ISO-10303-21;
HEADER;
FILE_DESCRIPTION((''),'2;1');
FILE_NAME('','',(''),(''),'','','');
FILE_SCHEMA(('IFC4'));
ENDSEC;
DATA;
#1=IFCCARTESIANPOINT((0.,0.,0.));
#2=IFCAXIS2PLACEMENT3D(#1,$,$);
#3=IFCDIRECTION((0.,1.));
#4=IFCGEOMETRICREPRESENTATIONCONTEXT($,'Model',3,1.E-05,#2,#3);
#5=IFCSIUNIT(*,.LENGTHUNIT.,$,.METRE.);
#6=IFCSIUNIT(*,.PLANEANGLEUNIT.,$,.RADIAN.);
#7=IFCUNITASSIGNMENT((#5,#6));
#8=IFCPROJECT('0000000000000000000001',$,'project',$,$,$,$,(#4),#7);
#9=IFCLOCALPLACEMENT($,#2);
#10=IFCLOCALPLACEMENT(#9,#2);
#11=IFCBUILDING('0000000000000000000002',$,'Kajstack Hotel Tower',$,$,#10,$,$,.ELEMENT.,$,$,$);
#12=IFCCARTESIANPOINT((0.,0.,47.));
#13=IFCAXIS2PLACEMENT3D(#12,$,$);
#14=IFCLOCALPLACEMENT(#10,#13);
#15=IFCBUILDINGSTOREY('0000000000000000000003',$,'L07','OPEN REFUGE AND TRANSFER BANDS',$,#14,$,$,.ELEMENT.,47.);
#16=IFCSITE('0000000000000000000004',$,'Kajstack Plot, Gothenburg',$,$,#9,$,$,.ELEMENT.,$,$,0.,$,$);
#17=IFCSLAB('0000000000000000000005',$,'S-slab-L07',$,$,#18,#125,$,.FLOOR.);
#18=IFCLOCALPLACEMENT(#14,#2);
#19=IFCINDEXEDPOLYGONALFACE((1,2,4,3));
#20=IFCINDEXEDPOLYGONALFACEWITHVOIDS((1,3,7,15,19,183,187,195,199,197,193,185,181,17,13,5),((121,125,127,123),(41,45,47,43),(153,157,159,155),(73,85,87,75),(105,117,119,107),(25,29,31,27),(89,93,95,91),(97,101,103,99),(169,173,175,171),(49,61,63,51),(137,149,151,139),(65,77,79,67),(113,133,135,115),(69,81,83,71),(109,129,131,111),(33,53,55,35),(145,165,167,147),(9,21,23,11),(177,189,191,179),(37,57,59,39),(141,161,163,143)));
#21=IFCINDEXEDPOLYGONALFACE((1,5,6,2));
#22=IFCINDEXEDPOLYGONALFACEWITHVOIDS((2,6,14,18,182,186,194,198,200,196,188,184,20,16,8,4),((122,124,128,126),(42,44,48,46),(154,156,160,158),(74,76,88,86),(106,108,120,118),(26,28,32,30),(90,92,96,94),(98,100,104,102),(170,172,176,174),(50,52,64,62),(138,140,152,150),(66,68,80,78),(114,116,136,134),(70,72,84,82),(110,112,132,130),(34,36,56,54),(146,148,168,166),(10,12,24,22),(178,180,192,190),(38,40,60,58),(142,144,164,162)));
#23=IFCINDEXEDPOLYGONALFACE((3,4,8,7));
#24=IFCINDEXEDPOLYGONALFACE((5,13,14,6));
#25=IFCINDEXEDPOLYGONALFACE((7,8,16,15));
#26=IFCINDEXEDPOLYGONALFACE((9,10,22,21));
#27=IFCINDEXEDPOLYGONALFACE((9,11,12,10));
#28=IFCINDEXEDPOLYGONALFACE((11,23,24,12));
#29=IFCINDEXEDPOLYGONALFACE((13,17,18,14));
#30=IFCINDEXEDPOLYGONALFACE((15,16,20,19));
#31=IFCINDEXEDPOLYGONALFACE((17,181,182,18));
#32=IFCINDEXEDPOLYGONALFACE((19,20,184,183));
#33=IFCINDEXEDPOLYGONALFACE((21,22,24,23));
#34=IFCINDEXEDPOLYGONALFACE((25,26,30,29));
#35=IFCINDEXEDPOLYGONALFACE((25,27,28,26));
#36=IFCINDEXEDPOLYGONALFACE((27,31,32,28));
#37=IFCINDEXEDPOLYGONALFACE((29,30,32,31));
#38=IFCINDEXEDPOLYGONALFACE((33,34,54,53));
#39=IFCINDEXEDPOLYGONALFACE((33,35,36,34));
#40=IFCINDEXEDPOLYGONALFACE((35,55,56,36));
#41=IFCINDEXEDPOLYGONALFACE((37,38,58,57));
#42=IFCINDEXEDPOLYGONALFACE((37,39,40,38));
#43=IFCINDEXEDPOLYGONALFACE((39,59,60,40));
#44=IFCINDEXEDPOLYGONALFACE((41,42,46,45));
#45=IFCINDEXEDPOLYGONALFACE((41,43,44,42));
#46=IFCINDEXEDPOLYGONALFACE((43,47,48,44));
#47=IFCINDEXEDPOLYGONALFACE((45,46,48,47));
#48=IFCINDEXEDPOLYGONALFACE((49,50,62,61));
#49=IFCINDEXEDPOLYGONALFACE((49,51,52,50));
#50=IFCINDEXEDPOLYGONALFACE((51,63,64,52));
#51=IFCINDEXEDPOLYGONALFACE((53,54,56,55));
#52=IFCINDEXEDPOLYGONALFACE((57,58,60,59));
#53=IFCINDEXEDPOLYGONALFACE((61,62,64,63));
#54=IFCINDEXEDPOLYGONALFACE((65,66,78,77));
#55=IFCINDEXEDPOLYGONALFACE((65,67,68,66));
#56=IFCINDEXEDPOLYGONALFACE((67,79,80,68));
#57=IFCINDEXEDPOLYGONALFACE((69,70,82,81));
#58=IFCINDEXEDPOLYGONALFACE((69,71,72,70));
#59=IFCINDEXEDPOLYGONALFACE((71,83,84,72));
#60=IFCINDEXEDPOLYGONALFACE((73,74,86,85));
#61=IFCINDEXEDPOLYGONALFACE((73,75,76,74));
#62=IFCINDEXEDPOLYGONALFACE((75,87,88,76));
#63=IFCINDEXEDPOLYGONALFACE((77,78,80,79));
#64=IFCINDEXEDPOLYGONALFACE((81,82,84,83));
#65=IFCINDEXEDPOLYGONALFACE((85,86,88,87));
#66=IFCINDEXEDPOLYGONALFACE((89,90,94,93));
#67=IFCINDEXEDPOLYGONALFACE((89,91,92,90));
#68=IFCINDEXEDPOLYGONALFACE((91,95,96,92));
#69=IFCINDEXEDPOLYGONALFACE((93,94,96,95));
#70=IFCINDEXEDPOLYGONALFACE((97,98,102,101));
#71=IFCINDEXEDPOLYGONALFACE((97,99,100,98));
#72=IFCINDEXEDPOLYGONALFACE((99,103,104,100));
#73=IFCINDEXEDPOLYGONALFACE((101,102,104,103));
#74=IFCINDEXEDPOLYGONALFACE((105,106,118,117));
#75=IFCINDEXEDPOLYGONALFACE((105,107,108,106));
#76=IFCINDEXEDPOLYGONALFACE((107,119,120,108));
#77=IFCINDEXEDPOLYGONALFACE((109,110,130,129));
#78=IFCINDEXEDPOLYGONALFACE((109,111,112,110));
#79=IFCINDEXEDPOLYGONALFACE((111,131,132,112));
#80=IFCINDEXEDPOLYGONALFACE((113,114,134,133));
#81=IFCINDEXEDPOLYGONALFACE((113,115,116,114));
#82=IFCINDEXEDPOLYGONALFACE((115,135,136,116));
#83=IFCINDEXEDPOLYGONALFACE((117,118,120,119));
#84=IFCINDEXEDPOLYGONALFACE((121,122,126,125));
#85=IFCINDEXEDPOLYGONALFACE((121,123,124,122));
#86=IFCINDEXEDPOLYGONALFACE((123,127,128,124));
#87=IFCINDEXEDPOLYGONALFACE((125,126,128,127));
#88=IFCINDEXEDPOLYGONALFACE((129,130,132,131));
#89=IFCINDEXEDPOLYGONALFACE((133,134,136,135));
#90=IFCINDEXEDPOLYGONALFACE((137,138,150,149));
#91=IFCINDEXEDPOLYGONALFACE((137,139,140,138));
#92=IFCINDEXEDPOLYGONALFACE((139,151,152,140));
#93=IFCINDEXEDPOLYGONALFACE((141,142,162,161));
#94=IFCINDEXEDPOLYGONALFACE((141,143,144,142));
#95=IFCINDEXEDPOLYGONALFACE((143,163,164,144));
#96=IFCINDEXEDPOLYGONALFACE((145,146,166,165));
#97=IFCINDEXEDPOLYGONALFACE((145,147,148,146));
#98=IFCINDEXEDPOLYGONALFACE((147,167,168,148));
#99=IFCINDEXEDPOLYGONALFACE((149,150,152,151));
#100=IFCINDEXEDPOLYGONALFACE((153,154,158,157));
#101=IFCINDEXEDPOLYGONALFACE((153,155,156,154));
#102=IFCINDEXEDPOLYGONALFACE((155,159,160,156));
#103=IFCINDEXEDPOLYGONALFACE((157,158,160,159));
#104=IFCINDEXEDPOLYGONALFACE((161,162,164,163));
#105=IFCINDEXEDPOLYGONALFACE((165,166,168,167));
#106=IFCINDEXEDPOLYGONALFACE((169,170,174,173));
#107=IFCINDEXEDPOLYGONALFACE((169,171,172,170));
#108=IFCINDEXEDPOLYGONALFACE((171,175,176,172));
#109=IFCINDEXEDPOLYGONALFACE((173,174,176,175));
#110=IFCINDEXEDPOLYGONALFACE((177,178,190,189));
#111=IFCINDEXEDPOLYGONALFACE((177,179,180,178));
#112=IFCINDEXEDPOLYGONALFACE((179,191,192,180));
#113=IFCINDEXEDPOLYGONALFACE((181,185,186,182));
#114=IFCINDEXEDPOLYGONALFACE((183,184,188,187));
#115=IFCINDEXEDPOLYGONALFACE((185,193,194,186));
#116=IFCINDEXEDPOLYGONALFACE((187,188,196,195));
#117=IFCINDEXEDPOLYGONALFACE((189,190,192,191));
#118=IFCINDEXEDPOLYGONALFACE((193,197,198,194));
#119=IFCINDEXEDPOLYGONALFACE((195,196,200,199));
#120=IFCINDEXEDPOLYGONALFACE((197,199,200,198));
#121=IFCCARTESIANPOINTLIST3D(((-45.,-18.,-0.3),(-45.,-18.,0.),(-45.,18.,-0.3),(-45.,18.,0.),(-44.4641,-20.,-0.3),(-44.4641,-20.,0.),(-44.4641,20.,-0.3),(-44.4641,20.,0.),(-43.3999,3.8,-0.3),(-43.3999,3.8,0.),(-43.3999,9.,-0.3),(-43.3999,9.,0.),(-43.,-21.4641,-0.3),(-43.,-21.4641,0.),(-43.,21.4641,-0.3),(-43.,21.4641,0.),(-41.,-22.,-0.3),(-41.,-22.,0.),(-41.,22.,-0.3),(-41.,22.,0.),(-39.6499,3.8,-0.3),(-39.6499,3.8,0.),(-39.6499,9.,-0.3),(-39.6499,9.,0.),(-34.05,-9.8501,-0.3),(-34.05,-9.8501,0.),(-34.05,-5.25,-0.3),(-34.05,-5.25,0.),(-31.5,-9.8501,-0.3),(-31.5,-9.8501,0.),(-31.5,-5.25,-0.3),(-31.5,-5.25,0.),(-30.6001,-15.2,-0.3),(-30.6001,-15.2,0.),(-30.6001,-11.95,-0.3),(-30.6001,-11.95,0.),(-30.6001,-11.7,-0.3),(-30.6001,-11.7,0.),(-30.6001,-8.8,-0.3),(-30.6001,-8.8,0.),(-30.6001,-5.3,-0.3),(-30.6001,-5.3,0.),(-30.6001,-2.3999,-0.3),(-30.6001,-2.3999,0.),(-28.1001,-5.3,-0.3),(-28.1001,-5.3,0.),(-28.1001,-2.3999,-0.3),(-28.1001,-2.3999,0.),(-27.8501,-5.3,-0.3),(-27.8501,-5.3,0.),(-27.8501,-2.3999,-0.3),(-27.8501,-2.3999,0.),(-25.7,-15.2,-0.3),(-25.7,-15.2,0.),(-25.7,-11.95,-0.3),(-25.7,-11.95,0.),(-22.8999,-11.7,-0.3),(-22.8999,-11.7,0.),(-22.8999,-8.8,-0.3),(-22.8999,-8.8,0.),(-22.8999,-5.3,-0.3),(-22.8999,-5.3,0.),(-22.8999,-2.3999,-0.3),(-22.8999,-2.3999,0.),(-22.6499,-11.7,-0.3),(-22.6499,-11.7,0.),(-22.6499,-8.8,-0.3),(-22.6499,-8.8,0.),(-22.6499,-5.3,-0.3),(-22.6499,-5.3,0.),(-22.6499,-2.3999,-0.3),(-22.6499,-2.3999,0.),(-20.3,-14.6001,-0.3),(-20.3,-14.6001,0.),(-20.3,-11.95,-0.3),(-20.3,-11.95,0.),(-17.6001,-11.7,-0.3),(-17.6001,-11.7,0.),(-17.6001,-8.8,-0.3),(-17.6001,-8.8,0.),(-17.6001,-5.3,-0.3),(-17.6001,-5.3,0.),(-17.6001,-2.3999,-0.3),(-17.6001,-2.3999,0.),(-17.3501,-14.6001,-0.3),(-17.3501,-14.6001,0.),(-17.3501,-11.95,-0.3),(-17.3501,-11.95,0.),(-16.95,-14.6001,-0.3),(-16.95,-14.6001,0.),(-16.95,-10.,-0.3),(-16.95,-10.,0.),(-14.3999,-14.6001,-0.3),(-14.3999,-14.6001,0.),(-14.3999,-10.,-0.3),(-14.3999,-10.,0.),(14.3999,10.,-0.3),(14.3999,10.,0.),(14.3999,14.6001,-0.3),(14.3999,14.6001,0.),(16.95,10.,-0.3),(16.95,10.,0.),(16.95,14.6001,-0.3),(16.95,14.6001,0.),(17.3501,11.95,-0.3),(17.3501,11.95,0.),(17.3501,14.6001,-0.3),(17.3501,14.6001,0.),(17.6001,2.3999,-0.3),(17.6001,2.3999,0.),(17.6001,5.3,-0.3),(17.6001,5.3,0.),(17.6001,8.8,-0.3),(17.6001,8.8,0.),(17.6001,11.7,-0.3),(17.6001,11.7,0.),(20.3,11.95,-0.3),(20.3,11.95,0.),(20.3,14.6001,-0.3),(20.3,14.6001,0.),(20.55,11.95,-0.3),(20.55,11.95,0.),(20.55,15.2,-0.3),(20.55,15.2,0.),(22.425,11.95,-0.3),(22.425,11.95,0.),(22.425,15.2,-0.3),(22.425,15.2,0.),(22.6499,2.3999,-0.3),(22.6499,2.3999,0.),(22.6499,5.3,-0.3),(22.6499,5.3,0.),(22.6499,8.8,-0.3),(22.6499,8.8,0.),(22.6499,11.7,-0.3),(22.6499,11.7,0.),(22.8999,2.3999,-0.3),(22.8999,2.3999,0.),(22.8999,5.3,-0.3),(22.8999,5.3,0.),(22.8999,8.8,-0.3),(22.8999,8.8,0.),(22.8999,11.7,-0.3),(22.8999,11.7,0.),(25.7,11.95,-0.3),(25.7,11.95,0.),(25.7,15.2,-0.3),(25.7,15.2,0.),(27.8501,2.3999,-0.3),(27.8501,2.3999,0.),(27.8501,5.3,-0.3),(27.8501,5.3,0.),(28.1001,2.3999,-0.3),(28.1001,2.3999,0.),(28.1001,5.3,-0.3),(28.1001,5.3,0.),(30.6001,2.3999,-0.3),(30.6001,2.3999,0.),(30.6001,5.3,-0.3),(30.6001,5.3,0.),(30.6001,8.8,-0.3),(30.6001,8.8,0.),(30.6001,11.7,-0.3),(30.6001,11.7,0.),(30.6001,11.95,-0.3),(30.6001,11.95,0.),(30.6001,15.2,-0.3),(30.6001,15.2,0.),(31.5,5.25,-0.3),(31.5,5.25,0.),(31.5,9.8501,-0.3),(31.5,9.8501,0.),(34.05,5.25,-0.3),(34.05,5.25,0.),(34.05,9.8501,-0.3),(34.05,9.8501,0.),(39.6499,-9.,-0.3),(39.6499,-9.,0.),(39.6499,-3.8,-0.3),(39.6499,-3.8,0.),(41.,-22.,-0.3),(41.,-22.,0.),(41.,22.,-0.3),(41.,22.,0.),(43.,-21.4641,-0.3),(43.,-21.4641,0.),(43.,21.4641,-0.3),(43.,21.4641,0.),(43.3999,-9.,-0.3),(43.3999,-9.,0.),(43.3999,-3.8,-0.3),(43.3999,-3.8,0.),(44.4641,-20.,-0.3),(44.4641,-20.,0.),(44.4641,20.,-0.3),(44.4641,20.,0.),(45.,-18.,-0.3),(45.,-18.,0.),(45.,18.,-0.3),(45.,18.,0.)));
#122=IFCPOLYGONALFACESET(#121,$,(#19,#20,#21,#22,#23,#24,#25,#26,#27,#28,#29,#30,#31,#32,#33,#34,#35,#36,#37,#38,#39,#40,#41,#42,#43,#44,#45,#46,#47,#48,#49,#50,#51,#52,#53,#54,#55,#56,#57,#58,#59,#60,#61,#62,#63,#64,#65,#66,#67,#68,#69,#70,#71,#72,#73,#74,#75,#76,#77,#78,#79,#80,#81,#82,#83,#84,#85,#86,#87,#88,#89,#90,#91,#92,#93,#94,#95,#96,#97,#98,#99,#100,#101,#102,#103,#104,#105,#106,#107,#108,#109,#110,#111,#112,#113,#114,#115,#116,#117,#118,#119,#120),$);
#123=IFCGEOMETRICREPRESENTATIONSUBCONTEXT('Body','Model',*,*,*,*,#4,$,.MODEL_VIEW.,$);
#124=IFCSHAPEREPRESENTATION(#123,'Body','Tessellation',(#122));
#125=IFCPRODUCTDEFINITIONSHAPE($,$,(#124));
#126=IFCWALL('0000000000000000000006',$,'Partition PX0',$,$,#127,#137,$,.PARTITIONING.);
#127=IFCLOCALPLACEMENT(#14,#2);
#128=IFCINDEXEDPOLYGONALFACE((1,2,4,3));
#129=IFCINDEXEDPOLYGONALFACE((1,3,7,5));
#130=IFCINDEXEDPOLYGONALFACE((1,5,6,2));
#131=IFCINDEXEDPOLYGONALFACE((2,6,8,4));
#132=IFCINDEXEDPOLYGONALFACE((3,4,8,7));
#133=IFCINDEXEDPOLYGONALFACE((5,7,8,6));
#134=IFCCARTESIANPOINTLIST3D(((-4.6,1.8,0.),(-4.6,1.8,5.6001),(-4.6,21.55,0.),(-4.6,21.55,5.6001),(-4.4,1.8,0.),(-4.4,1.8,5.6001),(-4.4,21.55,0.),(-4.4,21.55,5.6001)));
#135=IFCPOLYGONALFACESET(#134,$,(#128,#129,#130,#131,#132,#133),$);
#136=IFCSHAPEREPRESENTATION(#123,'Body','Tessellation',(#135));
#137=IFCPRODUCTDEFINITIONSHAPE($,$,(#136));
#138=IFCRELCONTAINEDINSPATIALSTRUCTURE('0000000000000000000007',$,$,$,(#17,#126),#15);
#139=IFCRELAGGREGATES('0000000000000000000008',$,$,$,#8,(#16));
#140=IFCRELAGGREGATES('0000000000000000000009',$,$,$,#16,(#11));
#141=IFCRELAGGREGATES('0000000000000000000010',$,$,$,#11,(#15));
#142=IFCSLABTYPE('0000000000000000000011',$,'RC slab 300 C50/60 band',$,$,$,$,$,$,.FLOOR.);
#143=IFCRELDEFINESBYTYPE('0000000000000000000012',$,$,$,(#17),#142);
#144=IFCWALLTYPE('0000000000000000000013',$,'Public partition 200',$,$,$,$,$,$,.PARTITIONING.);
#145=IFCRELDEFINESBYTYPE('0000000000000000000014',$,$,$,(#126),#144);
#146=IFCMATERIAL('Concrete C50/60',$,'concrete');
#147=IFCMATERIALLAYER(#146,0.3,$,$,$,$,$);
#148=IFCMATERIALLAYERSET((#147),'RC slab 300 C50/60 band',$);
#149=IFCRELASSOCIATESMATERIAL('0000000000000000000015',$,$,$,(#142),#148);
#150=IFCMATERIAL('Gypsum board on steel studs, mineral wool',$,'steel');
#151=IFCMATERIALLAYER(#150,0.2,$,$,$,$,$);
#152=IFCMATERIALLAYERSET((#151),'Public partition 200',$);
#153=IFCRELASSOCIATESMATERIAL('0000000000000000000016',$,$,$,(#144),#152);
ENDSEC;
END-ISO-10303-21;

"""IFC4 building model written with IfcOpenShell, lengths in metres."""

from ifc_helpers import new_model, si_unit, direction, frame, frame_2d, origin, place, context, subcontext, project, spatial, polyline, rectangle, outline, extrude, material, layer, layer_set, type_object, element, save


model = new_model("IFC4")

# Units and contexts
model_context = context("Model", 3, precision=1e-05, world=origin(), true_north=direction((0.0, 1.0)))
body_context = subcontext(model_context, "Body", "Model", "MODEL_VIEW")
ifc_project = project(units=[si_unit("LENGTHUNIT", "METRE"), si_unit("PLANEANGLEUNIT", "RADIAN")], contexts=[model_context])

# Site, building, storey
site_placement = place(None, origin())
site = spatial("IfcSite", under=ifc_project, at=site_placement, Name="Kajstack Plot, Gothenburg", CompositionType="ELEMENT", RefElevation=0.0)
building_placement = place(site_placement, origin())
building = spatial("IfcBuilding", under=site, at=building_placement, Name="Kajstack Hotel Tower", CompositionType="ELEMENT")
storey_placement = place(building_placement, frame((0.0, 0.0, 47.0)))
storey = spatial("IfcBuildingStorey", under=building, at=storey_placement, Name="L07", Description="OPEN REFUGE AND TRANSFER BANDS", CompositionType="ELEMENT", Elevation=47.0)

# Slab
ifc_material_1 = material(Name="Concrete C50/60", Category="concrete")
ifc_layer_1 = layer(ifc_material_1, 0.3)
ifc_layer_set_1 = layer_set([ifc_layer_1], Name="RC slab 300 C50/60 band")
slab_type = type_object("IfcSlabType", Name="RC slab 300 C50/60 band", PredefinedType="FLOOR", material=ifc_layer_set_1)
slab_placement = place(storey_placement, frame((0.0, 0.0, -0.3)))
element("IfcSlab", 1, at=slab_placement, inside=storey, type_object=slab_type, Name="S-slab-L07", PredefinedType="FLOOR", context=body_context, shape_type="SweptSolid", body=[
    extrude(outline(polyline([(-45.0, -18.0), (-44.4641, -20.0), (-43.0, -21.4641), (-41.0, -22.0), (41.0, -22.0), (43.0, -21.4641), (44.4641, -20.0), (45.0, -18.0), (45.0, 18.0), (44.4641, 20.0), (43.0, 21.4641), (41.0, 22.0), (-41.0, 22.0), (-43.0, 21.4641), (-44.4641, 20.0), (-45.0, 18.0), (-45.0, -18.0)]), holes=[polyline([(-30.6001, -11.7), (-30.6001, -8.8), (-22.8999, -8.8), (-22.8999, -11.7), (-30.6001, -11.7)]), polyline([(-22.6499, -11.7), (-22.6499, -8.8), (-17.6001, -8.8), (-17.6001, -11.7), (-22.6499, -11.7)]), polyline([(-27.8501, -5.3), (-27.8501, -2.3999), (-22.8999, -2.3999), (-22.8999, -5.3), (-27.8501, -5.3)]), polyline([(-22.6499, -5.3), (-22.6499, -2.3999), (-17.6001, -2.3999), (-17.6001, -5.3), (-22.6499, -5.3)]), polyline([(-20.3, -14.6001), (-17.3501, -14.6001), (-17.3501, -11.95), (-20.3, -11.95), (-20.3, -14.6001)]), polyline([(-30.6001, -5.3), (-28.1001, -5.3), (-28.1001, -2.3999), (-30.6001, -2.3999), (-30.6001, -5.3)]), polyline([(22.8999, 8.8), (22.8999, 11.7), (30.6001, 11.7), (30.6001, 8.8), (22.8999, 8.8)]), polyline([(17.6001, 8.8), (17.6001, 11.7), (22.6499, 11.7), (22.6499, 8.8), (17.6001, 8.8)]), polyline([(22.8999, 2.3999), (22.8999, 5.3), (27.8501, 5.3), (27.8501, 2.3999), (22.8999, 2.3999)]), polyline([(17.6001, 2.3999), (17.6001, 5.3), (22.6499, 5.3), (22.6499, 2.3999), (17.6001, 2.3999)]), polyline([(20.3, 14.6001), (17.3501, 14.6001), (17.3501, 11.95), (20.3, 11.95), (20.3, 14.6001)]), polyline([(30.6001, 5.3), (28.1001, 5.3), (28.1001, 2.3999), (30.6001, 2.3999), (30.6001, 5.3)]), polyline([(-34.05, -9.8501), (-31.5, -9.8501), (-31.5, -5.25), (-34.05, -5.25), (-34.05, -9.8501)]), polyline([(-16.95, -14.6001), (-14.3999, -14.6001), (-14.3999, -10.0), (-16.95, -10.0), (-16.95, -14.6001)]), polyline([(-30.6001, -15.2), (-25.7, -15.2), (-25.7, -11.95), (-30.6001, -11.95), (-30.6001, -15.2)]), polyline([(34.05, 9.8501), (31.5, 9.8501), (31.5, 5.25), (34.05, 5.25), (34.05, 9.8501)]), polyline([(16.95, 14.6001), (14.3999, 14.6001), (14.3999, 10.0), (16.95, 10.0), (16.95, 14.6001)]), polyline([(30.6001, 15.2), (25.7, 15.2), (25.7, 11.95), (30.6001, 11.95), (30.6001, 15.2)]), polyline([(-43.3999, 3.8), (-39.6499, 3.8), (-39.6499, 9.0), (-43.3999, 9.0), (-43.3999, 3.8)]), polyline([(39.6499, -9.0), (43.3999, -9.0), (43.3999, -3.8), (39.6499, -3.8), (39.6499, -9.0)]), polyline([(22.425, 15.2), (22.425, 11.95), (20.55, 11.95), (20.55, 15.2), (22.425, 15.2)])]), origin(), (0.0, 0.0, 1.0), 0.3),
])

# Wall
ifc_material_2 = material(Name="Gypsum board on steel studs, mineral wool", Category="steel")
ifc_layer_2 = layer(ifc_material_2, 0.2)
ifc_layer_set_2 = layer_set([ifc_layer_2], Name="Public partition 200")
wall_type = type_object("IfcWallType", Name="Public partition 200", PredefinedType="PARTITIONING", material=ifc_layer_set_2)
wall_placement = place(storey_placement, frame((-4.5, 1.8, 0.0), z_axis=(0.0, 0.0, 1.0), x_axis=(0.0, 1.0, 0.0)))
element("IfcWall", 2, at=wall_placement, inside=storey, type_object=wall_type, Name="Partition PX0", PredefinedType="PARTITIONING", context=body_context, shape_type="SweptSolid", body=[
    extrude(rectangle(XDim=19.75, YDim=0.2, at=frame_2d((9.875, 0.0))), origin(), (0.0, 0.0, 1.0), 5.6001),
])

save(model, "model.ifc")
